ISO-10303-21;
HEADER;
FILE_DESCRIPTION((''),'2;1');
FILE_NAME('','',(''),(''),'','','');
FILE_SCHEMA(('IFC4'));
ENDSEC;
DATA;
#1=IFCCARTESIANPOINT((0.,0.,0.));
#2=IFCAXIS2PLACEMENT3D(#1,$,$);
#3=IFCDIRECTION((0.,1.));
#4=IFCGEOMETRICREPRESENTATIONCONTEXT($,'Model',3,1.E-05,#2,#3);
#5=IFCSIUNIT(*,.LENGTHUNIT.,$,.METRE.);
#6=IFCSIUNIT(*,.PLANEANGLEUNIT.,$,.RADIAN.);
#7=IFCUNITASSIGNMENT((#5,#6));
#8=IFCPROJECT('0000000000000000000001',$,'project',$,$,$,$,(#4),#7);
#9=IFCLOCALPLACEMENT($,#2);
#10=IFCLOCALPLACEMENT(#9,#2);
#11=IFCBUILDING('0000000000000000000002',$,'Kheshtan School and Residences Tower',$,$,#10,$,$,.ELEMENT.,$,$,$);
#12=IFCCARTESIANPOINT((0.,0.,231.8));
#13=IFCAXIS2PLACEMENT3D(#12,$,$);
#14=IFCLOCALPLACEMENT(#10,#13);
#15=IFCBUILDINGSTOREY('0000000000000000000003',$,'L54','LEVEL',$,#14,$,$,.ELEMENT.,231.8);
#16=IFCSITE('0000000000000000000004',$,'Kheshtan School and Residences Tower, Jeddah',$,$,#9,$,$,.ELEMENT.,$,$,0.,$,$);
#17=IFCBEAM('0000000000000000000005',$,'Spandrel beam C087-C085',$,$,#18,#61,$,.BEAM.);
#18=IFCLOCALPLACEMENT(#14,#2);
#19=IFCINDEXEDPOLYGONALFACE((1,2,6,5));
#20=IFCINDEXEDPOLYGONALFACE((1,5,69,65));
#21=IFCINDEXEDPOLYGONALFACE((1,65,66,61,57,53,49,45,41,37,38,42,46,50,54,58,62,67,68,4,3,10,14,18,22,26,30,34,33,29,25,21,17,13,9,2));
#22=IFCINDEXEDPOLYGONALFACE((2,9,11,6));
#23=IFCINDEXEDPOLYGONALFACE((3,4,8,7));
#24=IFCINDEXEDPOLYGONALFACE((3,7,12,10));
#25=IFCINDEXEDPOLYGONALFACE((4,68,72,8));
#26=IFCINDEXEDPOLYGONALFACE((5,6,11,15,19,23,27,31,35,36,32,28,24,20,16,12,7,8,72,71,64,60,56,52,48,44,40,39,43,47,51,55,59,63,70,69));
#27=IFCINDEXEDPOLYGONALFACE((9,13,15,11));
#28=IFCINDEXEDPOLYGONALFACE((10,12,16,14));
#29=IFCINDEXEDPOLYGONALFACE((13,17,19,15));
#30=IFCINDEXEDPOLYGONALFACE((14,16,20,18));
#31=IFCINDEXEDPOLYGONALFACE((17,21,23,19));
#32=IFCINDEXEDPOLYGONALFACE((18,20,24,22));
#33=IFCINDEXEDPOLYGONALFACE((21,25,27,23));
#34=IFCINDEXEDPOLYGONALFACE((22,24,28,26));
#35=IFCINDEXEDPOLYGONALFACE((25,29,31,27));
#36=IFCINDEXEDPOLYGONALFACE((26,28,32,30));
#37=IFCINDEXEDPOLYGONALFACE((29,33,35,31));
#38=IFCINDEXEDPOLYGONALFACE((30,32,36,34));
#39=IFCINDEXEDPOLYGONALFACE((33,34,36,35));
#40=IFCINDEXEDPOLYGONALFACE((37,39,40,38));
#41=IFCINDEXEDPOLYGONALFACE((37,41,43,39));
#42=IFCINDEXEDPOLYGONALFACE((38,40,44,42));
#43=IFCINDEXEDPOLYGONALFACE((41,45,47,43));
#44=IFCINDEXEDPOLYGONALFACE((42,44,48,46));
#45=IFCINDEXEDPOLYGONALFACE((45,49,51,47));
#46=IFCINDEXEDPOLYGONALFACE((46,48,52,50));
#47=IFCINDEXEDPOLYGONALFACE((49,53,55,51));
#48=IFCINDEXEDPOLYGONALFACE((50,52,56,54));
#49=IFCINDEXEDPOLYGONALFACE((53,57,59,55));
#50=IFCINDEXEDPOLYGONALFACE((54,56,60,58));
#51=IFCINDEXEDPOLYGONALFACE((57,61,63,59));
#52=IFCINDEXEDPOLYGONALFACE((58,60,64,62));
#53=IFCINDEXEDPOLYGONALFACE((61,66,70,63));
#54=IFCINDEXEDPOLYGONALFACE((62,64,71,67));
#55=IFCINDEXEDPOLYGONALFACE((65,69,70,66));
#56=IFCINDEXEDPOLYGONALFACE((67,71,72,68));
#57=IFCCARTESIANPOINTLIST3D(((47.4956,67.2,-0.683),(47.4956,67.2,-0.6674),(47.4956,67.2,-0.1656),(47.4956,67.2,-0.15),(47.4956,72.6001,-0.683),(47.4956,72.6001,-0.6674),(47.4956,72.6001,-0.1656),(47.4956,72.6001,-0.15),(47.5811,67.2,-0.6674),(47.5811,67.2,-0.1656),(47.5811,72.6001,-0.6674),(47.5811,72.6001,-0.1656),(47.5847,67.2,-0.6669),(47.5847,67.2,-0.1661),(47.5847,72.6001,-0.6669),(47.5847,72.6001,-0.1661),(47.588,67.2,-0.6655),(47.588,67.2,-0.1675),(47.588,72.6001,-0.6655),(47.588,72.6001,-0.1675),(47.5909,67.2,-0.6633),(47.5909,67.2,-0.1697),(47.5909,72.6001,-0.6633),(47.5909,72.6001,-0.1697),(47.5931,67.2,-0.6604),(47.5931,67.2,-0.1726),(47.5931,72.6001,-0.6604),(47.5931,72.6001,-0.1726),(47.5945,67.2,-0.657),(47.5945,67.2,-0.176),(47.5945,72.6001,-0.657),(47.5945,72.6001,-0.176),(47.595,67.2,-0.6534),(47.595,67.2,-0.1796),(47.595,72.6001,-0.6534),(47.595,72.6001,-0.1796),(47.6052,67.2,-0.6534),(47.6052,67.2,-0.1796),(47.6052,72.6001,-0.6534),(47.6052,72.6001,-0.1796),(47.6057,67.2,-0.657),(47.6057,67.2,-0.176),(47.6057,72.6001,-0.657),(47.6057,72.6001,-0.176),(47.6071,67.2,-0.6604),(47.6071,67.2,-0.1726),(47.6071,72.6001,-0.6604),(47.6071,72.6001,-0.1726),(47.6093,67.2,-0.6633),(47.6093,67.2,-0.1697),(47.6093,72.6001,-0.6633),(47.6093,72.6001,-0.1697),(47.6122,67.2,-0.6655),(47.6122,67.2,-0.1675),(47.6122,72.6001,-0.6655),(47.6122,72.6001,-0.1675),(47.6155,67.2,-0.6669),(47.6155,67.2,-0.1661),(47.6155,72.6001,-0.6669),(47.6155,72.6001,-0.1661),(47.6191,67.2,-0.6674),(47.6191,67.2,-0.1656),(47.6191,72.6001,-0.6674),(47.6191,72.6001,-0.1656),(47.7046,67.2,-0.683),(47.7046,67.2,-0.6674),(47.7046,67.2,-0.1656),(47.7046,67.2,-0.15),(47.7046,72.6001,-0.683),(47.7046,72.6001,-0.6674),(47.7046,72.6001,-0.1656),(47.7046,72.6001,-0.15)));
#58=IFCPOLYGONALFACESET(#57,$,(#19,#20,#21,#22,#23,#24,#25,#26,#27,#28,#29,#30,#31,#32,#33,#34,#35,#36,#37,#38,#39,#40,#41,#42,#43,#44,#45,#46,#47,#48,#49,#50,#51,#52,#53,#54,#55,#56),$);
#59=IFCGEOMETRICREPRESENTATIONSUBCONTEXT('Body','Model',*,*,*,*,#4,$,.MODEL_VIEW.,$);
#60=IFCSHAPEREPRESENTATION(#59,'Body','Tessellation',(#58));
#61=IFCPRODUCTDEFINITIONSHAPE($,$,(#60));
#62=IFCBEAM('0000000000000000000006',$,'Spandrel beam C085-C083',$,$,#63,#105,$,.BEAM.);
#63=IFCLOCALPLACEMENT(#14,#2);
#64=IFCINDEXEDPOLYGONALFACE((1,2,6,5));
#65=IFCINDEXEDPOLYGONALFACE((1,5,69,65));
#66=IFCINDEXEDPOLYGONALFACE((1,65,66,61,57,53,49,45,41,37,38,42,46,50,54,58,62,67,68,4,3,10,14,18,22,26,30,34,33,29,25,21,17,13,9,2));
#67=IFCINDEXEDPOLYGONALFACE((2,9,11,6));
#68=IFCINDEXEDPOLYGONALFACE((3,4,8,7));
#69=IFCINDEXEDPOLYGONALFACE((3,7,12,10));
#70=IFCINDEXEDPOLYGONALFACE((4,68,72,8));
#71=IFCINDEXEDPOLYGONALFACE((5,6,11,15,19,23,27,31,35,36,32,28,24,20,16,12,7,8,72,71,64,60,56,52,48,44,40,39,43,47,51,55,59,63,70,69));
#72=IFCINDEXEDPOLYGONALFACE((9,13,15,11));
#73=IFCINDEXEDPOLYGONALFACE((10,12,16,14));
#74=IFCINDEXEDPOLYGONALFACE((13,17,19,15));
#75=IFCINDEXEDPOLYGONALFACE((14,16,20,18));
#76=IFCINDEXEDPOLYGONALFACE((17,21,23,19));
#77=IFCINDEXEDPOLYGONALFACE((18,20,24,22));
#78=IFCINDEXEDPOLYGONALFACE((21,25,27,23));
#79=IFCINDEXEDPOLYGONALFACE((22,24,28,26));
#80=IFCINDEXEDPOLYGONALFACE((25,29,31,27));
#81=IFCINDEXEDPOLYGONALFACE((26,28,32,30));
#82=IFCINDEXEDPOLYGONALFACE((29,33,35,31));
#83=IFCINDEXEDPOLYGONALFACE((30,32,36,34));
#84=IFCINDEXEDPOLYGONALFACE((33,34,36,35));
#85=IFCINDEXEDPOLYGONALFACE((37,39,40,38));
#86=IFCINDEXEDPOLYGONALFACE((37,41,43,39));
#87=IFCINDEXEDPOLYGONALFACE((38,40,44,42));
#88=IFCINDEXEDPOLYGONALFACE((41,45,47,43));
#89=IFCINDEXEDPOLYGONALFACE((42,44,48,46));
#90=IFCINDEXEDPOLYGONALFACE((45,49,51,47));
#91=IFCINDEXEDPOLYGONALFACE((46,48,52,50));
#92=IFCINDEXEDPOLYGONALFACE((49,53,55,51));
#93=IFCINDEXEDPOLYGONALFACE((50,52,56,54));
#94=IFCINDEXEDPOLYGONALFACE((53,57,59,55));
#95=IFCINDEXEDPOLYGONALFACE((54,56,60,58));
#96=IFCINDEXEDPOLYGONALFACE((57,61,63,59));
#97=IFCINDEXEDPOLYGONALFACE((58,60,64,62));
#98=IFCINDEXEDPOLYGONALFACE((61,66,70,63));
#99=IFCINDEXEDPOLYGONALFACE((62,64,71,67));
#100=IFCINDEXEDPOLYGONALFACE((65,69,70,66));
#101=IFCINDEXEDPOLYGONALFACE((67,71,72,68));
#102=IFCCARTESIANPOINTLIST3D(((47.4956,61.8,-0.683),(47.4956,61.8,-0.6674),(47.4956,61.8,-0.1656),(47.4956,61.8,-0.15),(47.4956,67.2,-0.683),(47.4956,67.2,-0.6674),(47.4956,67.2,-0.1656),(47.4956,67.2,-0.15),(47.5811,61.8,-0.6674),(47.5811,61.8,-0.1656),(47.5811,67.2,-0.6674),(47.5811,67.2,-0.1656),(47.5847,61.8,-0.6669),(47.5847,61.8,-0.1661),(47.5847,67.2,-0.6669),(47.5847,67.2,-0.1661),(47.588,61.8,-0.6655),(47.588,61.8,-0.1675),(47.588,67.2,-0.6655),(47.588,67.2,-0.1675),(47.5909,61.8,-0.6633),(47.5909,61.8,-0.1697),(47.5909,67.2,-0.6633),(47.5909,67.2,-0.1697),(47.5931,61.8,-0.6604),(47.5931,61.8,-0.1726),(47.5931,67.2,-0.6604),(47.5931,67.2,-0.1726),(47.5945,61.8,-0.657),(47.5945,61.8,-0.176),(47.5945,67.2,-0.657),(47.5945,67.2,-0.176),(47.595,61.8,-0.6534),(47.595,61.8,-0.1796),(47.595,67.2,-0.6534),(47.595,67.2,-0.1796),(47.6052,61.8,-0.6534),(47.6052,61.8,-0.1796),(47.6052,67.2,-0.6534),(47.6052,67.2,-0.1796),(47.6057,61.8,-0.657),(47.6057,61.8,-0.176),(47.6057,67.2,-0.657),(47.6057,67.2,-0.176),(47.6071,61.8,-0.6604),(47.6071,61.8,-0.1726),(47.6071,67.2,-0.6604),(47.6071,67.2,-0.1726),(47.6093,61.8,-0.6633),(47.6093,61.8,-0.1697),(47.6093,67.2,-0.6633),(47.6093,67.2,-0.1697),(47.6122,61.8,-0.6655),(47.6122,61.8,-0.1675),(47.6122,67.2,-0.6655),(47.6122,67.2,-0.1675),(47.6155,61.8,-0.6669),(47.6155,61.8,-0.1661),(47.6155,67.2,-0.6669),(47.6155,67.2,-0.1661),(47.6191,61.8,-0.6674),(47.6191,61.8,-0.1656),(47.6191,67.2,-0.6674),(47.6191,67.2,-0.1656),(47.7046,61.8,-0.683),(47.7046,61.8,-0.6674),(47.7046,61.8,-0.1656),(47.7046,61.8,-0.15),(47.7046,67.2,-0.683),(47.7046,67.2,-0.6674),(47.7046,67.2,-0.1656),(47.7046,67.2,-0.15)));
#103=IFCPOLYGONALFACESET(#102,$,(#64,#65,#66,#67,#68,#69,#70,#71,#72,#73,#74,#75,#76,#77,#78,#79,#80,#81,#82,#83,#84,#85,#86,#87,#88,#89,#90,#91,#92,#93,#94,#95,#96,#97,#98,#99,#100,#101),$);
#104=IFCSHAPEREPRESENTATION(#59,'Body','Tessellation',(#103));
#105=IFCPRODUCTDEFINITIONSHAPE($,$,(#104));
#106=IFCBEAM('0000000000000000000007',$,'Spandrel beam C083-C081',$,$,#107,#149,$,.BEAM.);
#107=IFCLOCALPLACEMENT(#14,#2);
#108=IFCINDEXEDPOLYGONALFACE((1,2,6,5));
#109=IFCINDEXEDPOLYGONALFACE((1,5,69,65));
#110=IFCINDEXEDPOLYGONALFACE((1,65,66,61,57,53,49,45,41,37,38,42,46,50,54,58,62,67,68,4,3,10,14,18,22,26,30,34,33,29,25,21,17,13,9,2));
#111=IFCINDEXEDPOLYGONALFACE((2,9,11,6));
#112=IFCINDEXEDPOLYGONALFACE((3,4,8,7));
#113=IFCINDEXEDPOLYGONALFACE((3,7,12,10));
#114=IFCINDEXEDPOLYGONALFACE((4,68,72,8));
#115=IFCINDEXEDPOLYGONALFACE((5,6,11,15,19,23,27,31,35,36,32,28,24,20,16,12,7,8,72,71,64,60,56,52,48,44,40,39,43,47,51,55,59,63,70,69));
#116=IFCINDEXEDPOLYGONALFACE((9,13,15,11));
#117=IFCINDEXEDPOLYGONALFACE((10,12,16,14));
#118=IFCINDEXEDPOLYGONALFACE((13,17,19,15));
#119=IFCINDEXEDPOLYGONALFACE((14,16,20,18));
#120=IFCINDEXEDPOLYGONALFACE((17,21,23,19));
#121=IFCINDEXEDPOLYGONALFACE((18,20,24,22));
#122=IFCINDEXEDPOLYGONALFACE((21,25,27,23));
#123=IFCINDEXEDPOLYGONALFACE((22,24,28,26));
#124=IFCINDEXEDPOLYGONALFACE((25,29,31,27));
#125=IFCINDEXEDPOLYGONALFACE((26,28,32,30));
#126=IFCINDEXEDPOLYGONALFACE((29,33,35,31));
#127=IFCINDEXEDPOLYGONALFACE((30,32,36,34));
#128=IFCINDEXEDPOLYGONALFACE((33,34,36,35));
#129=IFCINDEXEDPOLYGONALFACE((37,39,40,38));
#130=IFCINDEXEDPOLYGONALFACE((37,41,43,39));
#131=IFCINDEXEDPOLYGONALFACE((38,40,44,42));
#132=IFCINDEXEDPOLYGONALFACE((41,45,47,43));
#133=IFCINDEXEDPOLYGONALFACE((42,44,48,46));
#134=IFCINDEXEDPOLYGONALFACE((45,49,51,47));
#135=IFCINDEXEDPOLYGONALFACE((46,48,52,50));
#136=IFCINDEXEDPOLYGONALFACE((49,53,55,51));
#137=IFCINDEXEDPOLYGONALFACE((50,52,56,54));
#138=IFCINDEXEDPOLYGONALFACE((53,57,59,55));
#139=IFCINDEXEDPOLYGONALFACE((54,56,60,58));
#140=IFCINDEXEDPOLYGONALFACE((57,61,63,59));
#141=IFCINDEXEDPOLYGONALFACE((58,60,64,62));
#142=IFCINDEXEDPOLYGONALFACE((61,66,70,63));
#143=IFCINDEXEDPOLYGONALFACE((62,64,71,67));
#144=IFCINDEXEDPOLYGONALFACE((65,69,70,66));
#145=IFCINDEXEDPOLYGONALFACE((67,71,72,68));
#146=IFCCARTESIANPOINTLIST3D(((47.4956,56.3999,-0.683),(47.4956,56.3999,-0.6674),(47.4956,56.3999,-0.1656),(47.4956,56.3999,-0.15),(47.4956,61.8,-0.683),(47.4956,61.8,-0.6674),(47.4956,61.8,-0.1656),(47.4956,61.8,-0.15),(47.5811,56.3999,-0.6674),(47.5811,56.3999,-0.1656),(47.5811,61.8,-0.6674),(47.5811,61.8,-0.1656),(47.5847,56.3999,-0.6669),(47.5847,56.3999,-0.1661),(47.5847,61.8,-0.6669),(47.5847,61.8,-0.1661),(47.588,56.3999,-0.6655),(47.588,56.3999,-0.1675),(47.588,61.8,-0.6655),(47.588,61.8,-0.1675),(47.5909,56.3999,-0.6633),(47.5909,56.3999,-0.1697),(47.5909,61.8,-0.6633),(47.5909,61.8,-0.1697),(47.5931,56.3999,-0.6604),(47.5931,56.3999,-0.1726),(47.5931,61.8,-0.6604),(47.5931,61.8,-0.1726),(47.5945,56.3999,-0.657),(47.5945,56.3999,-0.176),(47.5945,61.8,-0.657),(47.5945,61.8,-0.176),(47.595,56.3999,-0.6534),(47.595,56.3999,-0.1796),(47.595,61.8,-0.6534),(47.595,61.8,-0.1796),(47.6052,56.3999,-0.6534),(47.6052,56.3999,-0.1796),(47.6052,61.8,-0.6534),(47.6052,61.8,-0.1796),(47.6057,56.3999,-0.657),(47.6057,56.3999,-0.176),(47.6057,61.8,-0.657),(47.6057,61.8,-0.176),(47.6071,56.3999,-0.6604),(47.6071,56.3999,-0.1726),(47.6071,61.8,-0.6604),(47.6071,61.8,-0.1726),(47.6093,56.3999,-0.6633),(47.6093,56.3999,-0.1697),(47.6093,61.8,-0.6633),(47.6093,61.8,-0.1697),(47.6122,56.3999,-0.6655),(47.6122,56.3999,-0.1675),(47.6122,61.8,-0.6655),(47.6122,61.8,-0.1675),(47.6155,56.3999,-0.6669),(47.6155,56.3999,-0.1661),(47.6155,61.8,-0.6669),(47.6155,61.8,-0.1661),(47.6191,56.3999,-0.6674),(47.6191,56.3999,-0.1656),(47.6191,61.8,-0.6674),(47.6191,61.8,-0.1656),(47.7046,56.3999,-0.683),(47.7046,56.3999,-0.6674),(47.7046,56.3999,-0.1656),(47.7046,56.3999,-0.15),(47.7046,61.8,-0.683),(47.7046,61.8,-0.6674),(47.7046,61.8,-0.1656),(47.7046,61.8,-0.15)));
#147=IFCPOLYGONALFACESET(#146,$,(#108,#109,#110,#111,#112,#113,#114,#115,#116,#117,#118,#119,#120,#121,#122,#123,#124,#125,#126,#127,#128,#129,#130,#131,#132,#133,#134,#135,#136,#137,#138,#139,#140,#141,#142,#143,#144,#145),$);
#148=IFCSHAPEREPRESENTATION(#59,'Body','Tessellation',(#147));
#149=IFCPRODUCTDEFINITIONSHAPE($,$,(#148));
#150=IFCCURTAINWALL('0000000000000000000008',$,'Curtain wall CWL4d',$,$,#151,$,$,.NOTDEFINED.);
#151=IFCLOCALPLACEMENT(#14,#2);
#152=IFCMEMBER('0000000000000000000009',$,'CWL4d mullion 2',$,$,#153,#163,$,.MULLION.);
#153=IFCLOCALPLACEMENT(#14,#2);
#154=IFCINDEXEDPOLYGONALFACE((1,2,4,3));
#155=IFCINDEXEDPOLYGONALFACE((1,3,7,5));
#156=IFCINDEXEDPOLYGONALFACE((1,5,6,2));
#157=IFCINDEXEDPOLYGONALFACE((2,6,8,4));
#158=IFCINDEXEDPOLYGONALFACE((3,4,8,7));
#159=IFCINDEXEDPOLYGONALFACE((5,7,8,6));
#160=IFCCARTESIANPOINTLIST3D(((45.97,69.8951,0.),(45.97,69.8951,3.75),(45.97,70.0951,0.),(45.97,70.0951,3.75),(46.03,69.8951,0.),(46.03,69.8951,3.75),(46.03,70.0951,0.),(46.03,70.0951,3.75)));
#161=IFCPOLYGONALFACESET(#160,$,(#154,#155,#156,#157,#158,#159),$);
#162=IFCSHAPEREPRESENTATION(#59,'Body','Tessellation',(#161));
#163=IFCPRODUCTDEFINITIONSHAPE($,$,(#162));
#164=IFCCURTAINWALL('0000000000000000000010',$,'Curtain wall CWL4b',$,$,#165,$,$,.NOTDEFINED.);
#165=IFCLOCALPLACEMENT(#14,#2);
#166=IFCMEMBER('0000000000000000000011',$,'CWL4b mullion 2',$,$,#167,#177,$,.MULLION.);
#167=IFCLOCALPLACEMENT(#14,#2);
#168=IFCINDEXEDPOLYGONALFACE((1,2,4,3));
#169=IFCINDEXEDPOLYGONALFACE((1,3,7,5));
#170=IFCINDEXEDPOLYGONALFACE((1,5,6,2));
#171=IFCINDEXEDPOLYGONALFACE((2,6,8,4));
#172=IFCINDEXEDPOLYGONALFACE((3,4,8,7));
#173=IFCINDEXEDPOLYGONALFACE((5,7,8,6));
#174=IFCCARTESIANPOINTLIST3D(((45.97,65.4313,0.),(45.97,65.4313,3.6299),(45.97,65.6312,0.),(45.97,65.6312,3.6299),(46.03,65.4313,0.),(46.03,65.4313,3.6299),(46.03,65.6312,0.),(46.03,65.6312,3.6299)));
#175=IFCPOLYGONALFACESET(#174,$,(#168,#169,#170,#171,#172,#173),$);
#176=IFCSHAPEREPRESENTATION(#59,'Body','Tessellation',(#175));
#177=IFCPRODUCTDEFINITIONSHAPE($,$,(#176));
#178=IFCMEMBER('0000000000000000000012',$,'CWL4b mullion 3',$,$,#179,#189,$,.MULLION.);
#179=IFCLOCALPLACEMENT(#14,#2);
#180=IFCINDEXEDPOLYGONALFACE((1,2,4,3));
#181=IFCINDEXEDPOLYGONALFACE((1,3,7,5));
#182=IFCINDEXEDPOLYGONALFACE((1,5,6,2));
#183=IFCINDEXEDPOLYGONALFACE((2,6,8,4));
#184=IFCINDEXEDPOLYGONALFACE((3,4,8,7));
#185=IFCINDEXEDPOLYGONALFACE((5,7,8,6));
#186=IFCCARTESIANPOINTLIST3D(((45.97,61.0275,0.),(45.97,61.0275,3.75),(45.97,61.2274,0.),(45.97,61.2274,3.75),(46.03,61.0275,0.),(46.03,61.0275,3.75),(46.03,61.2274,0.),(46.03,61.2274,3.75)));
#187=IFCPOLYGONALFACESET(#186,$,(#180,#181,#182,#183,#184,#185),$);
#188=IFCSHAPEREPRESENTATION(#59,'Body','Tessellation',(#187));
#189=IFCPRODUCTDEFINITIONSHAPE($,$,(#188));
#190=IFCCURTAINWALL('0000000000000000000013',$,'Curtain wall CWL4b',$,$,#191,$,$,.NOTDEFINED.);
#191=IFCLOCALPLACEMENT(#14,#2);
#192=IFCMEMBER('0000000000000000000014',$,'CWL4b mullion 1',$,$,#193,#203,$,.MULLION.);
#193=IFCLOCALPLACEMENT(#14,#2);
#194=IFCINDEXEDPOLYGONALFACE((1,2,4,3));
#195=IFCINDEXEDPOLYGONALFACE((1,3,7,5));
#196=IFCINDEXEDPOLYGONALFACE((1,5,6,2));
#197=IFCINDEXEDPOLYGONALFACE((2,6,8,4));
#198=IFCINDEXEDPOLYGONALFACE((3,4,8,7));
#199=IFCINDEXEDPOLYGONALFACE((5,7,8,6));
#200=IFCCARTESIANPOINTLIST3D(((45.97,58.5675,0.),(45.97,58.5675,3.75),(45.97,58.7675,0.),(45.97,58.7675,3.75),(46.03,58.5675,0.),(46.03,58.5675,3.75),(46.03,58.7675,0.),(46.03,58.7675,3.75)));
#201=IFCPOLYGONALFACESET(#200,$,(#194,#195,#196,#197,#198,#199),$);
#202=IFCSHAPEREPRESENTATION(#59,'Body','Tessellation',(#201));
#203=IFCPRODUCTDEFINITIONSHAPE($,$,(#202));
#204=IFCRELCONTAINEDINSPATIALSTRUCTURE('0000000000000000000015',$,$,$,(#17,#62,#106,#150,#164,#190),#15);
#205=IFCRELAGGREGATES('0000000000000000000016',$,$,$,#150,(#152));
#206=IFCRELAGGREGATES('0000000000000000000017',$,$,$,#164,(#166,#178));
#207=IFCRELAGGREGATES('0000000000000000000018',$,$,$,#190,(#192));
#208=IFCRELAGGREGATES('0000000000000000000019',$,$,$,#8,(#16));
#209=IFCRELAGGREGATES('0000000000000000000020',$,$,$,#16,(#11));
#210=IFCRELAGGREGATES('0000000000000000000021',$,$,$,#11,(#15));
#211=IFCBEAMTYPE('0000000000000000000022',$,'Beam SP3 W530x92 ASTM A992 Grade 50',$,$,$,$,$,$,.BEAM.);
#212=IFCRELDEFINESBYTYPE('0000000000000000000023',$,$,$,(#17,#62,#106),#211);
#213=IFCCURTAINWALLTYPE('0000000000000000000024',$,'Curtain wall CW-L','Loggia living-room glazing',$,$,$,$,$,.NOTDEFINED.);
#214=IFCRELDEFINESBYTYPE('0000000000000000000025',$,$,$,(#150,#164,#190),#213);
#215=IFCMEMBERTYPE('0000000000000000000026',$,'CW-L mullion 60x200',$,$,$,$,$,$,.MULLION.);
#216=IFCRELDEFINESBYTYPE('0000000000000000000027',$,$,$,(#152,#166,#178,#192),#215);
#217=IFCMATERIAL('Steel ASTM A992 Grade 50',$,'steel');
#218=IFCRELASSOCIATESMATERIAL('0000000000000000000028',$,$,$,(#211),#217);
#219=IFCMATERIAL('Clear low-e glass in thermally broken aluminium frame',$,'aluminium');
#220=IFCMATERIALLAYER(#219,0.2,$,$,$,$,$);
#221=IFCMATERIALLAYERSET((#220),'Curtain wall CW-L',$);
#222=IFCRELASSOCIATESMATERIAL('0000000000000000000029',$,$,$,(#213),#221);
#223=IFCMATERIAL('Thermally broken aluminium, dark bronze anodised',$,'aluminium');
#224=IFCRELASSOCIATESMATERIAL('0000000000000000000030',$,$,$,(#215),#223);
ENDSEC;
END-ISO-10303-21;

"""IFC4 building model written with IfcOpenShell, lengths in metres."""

from ifc_helpers import new_model, si_unit, direction, frame, origin, origin_2d, place, context, subcontext, project, spatial, rectangle, i_section, extrude, material, layer, layer_set, material_profile, profile_set, type_object, element, aggregate, save


model = new_model("IFC4")

# Units and contexts
model_context = context("Model", 3, precision=1e-05, world=origin(), true_north=direction((0.0, 1.0)))
body_context = subcontext(model_context, "Body", "Model", "MODEL_VIEW")
ifc_project = project(units=[si_unit("LENGTHUNIT", "METRE"), si_unit("PLANEANGLEUNIT", "RADIAN")], contexts=[model_context])

# Site, building, storey
site_placement = place(None, origin())
site = spatial("IfcSite", under=ifc_project, at=site_placement, Name="Kheshtan School and Residences Tower, Jeddah", CompositionType="ELEMENT", RefElevation=0.0)
building_placement = place(site_placement, origin())
building = spatial("IfcBuilding", under=site, at=building_placement, Name="Kheshtan School and Residences Tower", CompositionType="ELEMENT")
storey_placement = place(building_placement, frame((0.0, 0.0, 231.8)))
storey = spatial("IfcBuildingStorey", under=building, at=storey_placement, Name="L54", Description="LEVEL", CompositionType="ELEMENT", Elevation=231.8)

# Shared definitions
ifc_material_1 = material(Name="Steel ASTM A992 Grade 50", Category="steel")

# Beams
ifc_material_profile_1 = material_profile(ifc_material_1, i_section(OverallWidth=0.209, OverallDepth=0.533, WebThickness=0.0103, FlangeThickness=0.0156, FilletRadius=0.0139, at=origin_2d()), Name="W530x92")
ifc_profile_set_1 = profile_set([ifc_material_profile_1], Name="Steel ASTM A992 Grade 50")
beam_type_1 = type_object("IfcBeamType", Name="Beam SP3 W530x92 ASTM A992 Grade 50", PredefinedType="BEAM", material=ifc_profile_set_1)
beam_1_placement = place(storey_placement, frame((47.6001, 72.6001, -0.4165), z_axis=(0.0, -1.0, 0.0), x_axis=(1.0, 0.0, 0.0)))
element("IfcBeam", 1, at=beam_1_placement, inside=storey, type_object=beam_type_1, Name="Spandrel beam C087-C085", PredefinedType="BEAM", context=body_context, shape_type="SweptSolid", body=[
    extrude(i_section(OverallWidth=0.209, OverallDepth=0.533, WebThickness=0.0103, FlangeThickness=0.0156, FilletRadius=0.0139, at=origin_2d()), origin(), (0.0, 0.0, 1.0), 5.4001),
])
beam_2_placement = place(storey_placement, frame((47.6001, 67.2, -0.4165), z_axis=(0.0, -1.0, 0.0), x_axis=(1.0, 0.0, 0.0)))
element("IfcBeam", 2, at=beam_2_placement, inside=storey, type_object=beam_type_1, Name="Spandrel beam C085-C083", PredefinedType="BEAM", context=body_context, shape_type="SweptSolid", body=[
    extrude(i_section(OverallWidth=0.209, OverallDepth=0.533, WebThickness=0.0103, FlangeThickness=0.0156, FilletRadius=0.0139, at=origin_2d()), origin(), (0.0, 0.0, 1.0), 5.3999),
])
beam_3_placement = place(storey_placement, frame((47.6001, 61.8, -0.4165), z_axis=(0.0, -1.0, 0.0), x_axis=(1.0, 0.0, 0.0)))
element("IfcBeam", 3, at=beam_3_placement, inside=storey, type_object=beam_type_1, Name="Spandrel beam C083-C081", PredefinedType="BEAM", context=body_context, shape_type="SweptSolid", body=[
    extrude(i_section(OverallWidth=0.209, OverallDepth=0.533, WebThickness=0.0103, FlangeThickness=0.0156, FilletRadius=0.0139, at=origin_2d()), origin(), (0.0, 0.0, 1.0), 5.4001),
])

# Curtain wall, member
ifc_material_2 = material(Name="Clear low-e glass in thermally broken aluminium frame", Category="aluminium")
ifc_layer_1 = layer(ifc_material_2, 0.2)
ifc_layer_set_1 = layer_set([ifc_layer_1], Name="Curtain wall CW-L")
curtain_wall_type = type_object("IfcCurtainWallType", Name="Curtain wall CW-L", Description="Loggia living-room glazing", PredefinedType="NOTDEFINED", material=ifc_layer_set_1)
curtain_wall_1_placement = place(storey_placement, origin())
curtain_wall_1 = element("IfcCurtainWall", 4, at=curtain_wall_1_placement, inside=storey, type_object=curtain_wall_type, Name="Curtain wall CWL4d", PredefinedType="NOTDEFINED")
ifc_material_3 = material(Name="Thermally broken aluminium, dark bronze anodised", Category="aluminium")
ifc_material_profile_2 = material_profile(ifc_material_3, rectangle(XDim=0.0601, YDim=0.2, at=origin_2d()), Name="CW-L mullion 60x200")
ifc_profile_set_2 = profile_set([ifc_material_profile_2], Name="Thermally broken aluminium, dark bronze anodised")
member_type_1 = type_object("IfcMemberType", Name="CW-L mullion 60x200", PredefinedType="MULLION", material=ifc_profile_set_2)
member_1_placement = place(storey_placement, frame((46.0, 69.9951, 0.0), z_axis=(0.0, 0.0, 1.0), x_axis=(1.0, 0.0, 0.0)))
member_1 = element("IfcMember", 5, at=member_1_placement, type_object=member_type_1, Name="CWL4d mullion 2", PredefinedType="MULLION", context=body_context, shape_type="SweptSolid", body=[
    extrude(rectangle(XDim=0.0601, YDim=0.2, at=origin_2d()), origin(), (0.0, 0.0, 1.0), 3.75),
])

# Curtain wall, members
curtain_wall_2_placement = place(storey_placement, origin())
curtain_wall_2 = element("IfcCurtainWall", 6, at=curtain_wall_2_placement, inside=storey, type_object=curtain_wall_type, Name="Curtain wall CWL4b", PredefinedType="NOTDEFINED")
member_2_placement = place(storey_placement, frame((46.0, 65.5312, 0.0), z_axis=(0.0, 0.0, 1.0), x_axis=(1.0, 0.0, 0.0)))
member_2 = element("IfcMember", 7, at=member_2_placement, type_object=member_type_1, Name="CWL4b mullion 2", PredefinedType="MULLION", context=body_context, shape_type="SweptSolid", body=[
    extrude(rectangle(XDim=0.0601, YDim=0.2, at=origin_2d()), origin(), (0.0, 0.0, 1.0), 3.6299),
])
member_3_placement = place(storey_placement, frame((46.0, 61.1274, 0.0), z_axis=(0.0, 0.0, 1.0), x_axis=(1.0, 0.0, 0.0)))
member_3 = element("IfcMember", 8, at=member_3_placement, type_object=member_type_1, Name="CWL4b mullion 3", PredefinedType="MULLION", context=body_context, shape_type="SweptSolid", body=[
    extrude(rectangle(XDim=0.0601, YDim=0.2, at=origin_2d()), origin(), (0.0, 0.0, 1.0), 3.75),
])

# Curtain wall, member
curtain_wall_3_placement = place(storey_placement, origin())
curtain_wall_3 = element("IfcCurtainWall", 9, at=curtain_wall_3_placement, inside=storey, type_object=curtain_wall_type, Name="Curtain wall CWL4b", PredefinedType="NOTDEFINED")
member_4_placement = place(storey_placement, frame((46.0, 58.6675, 0.0), z_axis=(0.0, 0.0, 1.0), x_axis=(1.0, 0.0, 0.0)))
member_4 = element("IfcMember", 10, at=member_4_placement, type_object=member_type_1, Name="CWL4b mullion 1", PredefinedType="MULLION", context=body_context, shape_type="SweptSolid", body=[
    extrude(rectangle(XDim=0.0601, YDim=0.2, at=origin_2d()), origin(), (0.0, 0.0, 1.0), 3.75),
])

aggregate(curtain_wall_1, [member_1])
aggregate(curtain_wall_2, [member_2, member_3])
aggregate(curtain_wall_3, [member_4])

save(model, "model.ifc")
